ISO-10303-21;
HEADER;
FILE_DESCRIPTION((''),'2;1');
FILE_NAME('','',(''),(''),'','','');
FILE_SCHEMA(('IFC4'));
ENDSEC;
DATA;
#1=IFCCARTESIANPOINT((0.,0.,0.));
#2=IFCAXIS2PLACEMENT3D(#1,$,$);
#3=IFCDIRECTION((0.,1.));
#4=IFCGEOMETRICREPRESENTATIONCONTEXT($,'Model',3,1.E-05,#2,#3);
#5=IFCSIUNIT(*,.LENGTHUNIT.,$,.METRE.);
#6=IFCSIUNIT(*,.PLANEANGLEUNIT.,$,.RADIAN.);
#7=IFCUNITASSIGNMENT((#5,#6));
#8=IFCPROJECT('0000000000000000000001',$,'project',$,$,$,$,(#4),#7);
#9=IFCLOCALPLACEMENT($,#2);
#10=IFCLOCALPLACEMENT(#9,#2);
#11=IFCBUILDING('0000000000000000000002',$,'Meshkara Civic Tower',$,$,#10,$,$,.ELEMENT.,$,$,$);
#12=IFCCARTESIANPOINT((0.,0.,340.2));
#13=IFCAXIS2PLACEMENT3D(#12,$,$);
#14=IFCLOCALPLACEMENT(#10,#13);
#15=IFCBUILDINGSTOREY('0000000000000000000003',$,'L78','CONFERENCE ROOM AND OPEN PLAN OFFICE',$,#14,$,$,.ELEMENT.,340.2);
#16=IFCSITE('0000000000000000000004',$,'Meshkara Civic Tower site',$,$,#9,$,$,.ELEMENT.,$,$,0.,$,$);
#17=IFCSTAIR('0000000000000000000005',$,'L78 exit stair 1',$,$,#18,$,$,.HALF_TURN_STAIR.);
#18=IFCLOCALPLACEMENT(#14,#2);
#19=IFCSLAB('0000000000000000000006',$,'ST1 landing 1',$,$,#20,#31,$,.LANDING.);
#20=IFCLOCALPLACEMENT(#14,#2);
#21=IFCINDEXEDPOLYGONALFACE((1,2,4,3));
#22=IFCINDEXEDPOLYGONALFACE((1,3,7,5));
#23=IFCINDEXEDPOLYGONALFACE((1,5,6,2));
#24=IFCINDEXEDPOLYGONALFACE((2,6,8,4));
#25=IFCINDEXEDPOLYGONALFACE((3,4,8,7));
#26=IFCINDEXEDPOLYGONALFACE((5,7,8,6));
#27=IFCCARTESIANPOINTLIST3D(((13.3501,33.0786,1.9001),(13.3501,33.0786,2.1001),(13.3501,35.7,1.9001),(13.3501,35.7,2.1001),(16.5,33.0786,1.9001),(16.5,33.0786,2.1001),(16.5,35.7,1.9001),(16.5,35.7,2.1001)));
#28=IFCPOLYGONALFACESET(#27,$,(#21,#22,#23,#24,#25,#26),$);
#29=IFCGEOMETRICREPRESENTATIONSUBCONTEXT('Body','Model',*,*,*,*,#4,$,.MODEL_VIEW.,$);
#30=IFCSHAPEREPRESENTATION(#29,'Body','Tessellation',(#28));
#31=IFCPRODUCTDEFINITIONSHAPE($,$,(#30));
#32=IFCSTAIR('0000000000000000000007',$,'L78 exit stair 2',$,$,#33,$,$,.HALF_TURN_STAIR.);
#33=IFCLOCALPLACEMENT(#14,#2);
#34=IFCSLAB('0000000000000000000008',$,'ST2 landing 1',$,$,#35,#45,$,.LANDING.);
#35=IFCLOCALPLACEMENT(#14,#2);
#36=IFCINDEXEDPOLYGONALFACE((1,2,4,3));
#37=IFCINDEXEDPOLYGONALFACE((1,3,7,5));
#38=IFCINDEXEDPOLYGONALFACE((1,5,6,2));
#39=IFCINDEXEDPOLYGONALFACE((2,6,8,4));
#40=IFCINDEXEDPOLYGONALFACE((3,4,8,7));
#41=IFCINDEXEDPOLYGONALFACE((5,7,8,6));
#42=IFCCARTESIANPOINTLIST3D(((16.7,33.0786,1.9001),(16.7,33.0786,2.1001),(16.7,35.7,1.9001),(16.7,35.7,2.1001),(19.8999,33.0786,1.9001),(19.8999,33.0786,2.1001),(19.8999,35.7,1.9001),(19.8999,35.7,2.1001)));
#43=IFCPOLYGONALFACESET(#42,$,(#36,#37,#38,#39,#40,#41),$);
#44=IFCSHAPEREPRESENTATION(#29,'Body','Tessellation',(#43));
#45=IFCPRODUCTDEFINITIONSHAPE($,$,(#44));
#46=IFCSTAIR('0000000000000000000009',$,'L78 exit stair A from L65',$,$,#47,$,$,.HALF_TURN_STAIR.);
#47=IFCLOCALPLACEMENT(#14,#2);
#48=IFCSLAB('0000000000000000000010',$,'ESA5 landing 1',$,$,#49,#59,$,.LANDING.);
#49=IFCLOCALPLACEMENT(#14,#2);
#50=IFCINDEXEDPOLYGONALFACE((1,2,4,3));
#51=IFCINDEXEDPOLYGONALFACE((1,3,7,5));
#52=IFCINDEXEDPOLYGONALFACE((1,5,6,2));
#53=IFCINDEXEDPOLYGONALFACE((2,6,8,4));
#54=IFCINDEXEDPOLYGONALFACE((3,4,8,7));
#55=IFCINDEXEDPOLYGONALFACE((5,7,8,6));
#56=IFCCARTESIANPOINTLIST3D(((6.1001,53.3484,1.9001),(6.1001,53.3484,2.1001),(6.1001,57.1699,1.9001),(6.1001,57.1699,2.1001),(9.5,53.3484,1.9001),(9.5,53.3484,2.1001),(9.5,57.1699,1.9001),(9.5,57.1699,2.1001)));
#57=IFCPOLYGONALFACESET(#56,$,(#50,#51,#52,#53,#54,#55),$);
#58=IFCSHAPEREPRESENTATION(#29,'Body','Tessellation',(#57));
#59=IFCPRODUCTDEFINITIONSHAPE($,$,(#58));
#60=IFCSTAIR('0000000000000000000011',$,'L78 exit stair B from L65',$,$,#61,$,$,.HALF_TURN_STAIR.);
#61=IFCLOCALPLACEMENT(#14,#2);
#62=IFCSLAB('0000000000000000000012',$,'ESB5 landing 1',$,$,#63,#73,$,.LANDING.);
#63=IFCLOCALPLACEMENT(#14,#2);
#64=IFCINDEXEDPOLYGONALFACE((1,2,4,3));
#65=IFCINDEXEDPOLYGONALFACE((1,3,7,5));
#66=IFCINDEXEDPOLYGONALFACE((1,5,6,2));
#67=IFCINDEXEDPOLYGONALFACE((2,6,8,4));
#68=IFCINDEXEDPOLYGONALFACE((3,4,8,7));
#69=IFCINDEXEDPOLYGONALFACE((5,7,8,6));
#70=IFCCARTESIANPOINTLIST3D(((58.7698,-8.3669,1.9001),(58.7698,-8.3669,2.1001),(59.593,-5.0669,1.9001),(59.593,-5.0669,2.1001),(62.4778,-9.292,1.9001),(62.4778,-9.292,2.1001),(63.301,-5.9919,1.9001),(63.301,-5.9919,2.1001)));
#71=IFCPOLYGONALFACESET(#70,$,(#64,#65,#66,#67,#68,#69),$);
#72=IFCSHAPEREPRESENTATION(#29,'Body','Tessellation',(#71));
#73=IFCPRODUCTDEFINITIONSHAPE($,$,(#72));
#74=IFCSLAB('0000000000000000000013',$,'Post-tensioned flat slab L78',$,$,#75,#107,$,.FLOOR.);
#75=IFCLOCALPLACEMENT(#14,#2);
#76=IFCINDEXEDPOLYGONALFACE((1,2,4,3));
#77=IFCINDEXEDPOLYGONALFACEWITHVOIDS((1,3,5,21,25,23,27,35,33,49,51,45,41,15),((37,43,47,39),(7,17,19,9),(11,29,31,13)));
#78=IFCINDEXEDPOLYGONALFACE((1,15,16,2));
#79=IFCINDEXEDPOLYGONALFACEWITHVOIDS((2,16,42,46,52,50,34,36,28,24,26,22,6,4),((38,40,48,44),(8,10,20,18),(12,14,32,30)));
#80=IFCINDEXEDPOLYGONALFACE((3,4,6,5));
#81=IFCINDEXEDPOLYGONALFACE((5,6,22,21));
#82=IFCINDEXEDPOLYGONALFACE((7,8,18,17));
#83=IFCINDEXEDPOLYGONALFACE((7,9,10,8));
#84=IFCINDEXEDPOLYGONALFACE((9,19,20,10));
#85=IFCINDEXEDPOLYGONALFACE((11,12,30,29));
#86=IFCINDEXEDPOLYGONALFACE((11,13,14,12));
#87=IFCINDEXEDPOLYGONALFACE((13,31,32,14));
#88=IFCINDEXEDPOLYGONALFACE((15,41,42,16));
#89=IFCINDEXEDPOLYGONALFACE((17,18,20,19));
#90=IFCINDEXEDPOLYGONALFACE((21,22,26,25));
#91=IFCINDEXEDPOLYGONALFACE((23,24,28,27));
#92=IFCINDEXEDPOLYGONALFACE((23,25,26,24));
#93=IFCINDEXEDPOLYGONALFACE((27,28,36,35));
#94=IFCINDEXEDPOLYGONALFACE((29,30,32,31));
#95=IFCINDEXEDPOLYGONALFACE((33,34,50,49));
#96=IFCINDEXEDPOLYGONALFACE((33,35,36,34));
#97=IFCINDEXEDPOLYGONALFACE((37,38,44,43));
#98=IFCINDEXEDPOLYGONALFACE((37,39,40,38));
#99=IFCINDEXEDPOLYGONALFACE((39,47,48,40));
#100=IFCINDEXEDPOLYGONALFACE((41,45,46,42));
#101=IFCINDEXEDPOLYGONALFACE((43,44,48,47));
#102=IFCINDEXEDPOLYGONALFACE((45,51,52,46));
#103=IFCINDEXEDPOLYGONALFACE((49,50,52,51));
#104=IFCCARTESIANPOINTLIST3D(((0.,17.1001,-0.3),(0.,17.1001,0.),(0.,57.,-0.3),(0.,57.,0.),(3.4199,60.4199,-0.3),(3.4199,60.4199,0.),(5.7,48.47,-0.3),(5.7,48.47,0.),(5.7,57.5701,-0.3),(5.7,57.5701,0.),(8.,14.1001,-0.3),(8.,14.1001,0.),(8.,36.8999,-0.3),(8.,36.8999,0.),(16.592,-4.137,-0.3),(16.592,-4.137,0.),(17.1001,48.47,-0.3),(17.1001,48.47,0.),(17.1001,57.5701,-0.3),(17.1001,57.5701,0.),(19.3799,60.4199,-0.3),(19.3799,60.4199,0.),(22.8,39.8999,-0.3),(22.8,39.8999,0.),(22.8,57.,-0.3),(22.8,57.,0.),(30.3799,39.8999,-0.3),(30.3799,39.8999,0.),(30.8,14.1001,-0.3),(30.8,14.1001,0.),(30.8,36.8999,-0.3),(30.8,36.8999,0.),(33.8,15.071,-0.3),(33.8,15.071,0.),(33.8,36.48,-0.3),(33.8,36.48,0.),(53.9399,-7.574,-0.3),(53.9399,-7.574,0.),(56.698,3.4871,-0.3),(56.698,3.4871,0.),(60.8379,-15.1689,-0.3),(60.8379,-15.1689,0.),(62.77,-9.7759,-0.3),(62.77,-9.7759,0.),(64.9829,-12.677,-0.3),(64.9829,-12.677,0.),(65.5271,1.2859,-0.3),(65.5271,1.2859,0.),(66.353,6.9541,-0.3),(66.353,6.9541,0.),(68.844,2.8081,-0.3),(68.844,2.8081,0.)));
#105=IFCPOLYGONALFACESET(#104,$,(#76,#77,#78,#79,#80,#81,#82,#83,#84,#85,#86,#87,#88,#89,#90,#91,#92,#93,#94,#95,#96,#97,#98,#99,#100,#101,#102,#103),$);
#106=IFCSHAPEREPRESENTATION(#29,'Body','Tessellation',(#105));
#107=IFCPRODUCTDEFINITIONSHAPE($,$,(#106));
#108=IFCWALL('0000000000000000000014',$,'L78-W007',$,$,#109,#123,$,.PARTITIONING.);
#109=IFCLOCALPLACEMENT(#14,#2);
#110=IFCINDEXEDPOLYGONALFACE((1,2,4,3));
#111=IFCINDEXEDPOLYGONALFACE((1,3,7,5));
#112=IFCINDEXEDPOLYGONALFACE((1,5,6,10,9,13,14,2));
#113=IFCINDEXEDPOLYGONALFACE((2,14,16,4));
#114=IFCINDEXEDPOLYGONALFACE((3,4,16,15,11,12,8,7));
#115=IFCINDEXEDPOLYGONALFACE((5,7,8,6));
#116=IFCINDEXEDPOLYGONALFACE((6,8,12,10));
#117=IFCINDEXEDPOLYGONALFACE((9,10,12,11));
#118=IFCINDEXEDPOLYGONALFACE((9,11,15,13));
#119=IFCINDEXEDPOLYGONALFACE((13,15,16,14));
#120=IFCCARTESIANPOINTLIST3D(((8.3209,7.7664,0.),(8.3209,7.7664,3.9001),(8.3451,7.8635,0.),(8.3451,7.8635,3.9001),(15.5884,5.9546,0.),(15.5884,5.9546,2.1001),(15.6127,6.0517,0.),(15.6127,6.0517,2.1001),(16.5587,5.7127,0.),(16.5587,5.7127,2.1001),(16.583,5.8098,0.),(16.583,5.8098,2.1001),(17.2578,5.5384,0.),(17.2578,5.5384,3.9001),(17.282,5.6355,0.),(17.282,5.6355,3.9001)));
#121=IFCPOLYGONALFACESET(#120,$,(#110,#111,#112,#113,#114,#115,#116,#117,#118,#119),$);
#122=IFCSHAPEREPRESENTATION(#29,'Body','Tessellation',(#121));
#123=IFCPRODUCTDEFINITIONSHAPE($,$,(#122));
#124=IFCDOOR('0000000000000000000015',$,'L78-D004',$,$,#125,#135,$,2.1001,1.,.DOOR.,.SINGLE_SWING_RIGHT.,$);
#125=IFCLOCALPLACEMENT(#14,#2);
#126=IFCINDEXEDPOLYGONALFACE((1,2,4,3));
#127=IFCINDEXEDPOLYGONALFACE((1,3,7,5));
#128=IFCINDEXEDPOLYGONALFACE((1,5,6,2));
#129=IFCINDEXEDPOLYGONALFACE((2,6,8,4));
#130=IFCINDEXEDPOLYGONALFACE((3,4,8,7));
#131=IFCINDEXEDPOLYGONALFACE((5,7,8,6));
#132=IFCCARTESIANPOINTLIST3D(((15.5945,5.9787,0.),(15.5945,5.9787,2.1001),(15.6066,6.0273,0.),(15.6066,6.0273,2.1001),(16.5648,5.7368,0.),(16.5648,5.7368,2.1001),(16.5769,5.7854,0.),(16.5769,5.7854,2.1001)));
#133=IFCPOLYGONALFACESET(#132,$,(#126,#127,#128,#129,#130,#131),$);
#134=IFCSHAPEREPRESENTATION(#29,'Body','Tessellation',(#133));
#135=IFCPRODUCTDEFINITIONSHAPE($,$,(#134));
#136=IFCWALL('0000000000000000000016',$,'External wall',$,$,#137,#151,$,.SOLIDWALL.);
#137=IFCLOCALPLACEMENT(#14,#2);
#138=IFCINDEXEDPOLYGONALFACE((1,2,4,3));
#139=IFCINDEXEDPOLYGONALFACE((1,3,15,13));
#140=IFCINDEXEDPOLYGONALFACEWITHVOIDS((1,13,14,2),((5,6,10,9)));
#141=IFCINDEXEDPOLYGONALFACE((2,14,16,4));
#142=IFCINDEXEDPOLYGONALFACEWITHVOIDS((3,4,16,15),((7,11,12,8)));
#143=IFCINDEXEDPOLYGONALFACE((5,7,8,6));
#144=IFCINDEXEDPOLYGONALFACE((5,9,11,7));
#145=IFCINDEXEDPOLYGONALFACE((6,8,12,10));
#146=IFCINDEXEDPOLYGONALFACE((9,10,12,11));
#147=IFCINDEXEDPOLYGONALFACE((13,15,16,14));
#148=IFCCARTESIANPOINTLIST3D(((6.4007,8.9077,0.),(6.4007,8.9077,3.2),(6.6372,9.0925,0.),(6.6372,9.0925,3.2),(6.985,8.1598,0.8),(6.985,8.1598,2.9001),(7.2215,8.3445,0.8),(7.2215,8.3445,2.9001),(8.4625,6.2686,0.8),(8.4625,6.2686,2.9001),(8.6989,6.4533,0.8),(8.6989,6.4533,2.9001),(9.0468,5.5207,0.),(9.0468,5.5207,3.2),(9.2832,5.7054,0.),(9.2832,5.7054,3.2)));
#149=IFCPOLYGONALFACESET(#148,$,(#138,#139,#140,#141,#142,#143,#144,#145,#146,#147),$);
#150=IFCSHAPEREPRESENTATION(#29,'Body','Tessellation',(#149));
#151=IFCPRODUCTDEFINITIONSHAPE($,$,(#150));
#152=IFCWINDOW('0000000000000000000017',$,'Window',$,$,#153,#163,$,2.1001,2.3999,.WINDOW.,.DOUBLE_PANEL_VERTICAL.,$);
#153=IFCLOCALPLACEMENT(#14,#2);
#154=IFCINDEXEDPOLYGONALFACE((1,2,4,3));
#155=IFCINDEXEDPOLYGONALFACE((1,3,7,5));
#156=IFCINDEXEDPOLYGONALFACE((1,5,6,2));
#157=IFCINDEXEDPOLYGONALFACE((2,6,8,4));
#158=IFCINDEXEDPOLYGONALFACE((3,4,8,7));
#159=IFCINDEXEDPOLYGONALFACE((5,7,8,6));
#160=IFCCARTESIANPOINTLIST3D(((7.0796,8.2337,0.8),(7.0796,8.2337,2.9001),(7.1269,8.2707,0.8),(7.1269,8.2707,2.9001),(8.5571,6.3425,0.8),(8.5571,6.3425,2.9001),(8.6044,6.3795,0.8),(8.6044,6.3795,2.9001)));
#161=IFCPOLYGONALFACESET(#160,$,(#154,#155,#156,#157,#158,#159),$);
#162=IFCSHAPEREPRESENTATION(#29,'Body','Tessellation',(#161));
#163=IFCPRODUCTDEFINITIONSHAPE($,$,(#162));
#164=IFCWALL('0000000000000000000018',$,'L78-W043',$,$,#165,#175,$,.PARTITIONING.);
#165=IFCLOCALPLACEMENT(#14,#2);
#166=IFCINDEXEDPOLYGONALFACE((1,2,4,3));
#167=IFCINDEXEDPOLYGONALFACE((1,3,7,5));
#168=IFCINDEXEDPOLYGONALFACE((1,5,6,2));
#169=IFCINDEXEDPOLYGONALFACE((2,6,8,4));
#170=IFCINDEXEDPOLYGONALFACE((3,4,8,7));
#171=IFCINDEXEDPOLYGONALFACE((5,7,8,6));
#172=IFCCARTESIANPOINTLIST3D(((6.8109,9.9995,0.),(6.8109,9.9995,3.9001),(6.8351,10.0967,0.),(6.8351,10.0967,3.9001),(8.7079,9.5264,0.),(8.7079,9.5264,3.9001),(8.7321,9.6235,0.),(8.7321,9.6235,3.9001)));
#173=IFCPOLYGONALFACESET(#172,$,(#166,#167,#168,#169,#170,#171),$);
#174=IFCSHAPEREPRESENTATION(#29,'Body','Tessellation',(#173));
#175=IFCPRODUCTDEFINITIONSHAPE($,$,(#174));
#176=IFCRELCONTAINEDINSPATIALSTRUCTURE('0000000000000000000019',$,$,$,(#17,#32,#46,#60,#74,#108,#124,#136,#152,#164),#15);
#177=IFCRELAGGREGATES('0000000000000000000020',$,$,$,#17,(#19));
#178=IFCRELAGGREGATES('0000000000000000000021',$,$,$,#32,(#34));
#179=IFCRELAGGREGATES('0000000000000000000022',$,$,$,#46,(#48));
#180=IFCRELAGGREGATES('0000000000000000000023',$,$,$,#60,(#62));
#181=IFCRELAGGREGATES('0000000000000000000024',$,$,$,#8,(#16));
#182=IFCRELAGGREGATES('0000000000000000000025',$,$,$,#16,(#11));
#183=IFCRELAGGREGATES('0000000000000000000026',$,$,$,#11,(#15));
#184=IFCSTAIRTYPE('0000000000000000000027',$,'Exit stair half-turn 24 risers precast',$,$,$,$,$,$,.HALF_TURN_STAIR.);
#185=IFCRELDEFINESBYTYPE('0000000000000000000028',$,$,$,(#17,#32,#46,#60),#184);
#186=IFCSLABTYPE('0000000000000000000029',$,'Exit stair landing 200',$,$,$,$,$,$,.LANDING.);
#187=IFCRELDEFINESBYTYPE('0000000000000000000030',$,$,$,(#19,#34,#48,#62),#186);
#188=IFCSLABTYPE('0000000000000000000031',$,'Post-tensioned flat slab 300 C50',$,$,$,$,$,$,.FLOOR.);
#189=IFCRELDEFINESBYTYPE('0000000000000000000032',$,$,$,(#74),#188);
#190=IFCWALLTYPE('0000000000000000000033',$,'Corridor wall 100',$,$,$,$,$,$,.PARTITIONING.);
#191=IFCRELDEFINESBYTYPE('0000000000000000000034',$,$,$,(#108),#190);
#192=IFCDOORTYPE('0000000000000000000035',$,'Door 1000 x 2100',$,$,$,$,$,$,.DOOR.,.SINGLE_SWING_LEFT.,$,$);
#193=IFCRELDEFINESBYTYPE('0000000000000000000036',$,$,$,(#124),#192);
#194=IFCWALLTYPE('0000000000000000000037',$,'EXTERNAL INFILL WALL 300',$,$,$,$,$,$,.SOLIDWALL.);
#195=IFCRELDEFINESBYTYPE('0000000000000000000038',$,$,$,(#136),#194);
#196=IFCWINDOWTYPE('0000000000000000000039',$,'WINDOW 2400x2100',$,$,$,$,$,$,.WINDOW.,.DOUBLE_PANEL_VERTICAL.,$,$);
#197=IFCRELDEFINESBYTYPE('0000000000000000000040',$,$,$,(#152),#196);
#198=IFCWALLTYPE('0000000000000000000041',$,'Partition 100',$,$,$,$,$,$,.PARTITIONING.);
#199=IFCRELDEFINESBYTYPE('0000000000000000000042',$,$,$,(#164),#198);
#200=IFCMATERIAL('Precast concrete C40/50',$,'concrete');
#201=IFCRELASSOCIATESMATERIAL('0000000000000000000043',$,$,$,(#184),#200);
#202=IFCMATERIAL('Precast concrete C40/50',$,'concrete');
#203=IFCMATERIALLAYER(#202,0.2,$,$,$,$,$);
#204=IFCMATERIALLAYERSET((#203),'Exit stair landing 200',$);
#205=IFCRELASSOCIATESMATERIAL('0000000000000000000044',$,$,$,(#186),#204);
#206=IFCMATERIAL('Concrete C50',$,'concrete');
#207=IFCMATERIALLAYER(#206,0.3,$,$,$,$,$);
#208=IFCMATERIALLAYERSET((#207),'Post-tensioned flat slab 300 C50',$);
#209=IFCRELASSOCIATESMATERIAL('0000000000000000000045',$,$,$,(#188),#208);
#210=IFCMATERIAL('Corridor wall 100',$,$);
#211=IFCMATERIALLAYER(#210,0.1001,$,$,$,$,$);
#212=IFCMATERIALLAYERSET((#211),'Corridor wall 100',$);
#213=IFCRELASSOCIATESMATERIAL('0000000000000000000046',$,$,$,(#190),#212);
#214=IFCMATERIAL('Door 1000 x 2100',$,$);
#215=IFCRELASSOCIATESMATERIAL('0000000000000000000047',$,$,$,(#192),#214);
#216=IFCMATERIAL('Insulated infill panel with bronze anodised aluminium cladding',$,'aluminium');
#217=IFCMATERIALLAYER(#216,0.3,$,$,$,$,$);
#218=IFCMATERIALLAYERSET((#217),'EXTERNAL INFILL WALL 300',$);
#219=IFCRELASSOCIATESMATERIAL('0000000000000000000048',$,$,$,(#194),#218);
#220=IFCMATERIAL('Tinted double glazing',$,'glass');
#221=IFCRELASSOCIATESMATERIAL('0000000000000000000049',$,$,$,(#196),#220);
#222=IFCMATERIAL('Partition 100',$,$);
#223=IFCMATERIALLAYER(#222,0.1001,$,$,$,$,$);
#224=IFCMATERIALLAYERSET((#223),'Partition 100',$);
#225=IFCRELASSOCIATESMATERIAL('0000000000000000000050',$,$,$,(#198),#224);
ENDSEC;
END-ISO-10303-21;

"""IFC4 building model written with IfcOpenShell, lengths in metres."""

from ifc_helpers import new_model, si_unit, direction, frame, frame_2d, origin, place, context, subcontext, project, spatial, polyline, rectangle, outline, extrude, material, layer, layer_set, type_object, element, fill, aggregate, save


model = new_model("IFC4")

# Units and contexts
model_context = context("Model", 3, precision=1e-05, world=origin(), true_north=direction((0.0, 1.0)))
body_context = subcontext(model_context, "Body", "Model", "MODEL_VIEW")
ifc_project = project(units=[si_unit("LENGTHUNIT", "METRE"), si_unit("PLANEANGLEUNIT", "RADIAN")], contexts=[model_context])

# Site, building, storey
site_placement = place(None, origin())
site = spatial("IfcSite", under=ifc_project, at=site_placement, Name="Meshkara Civic Tower site", CompositionType="ELEMENT", RefElevation=0.0)
building_placement = place(site_placement, origin())
building = spatial("IfcBuilding", under=site, at=building_placement, Name="Meshkara Civic Tower", CompositionType="ELEMENT")
storey_placement = place(building_placement, frame((0.0, 0.0, 340.2)))
storey = spatial("IfcBuildingStorey", under=building, at=storey_placement, Name="L78", Description="CONFERENCE ROOM AND OPEN PLAN OFFICE", CompositionType="ELEMENT", Elevation=340.2)

# Stairs, slabs
ifc_material_1 = material(Name="Precast concrete C40/50", Category="concrete")
stair_type = type_object("IfcStairType", Name="Exit stair half-turn 24 risers precast", PredefinedType="HALF_TURN_STAIR", material=ifc_material_1)
stair_1_placement = place(storey_placement, origin())
stair_1 = element("IfcStair", 1, at=stair_1_placement, inside=storey, type_object=stair_type, Name="L78 exit stair 1", PredefinedType="HALF_TURN_STAIR")
ifc_material_2 = material(Name="Precast concrete C40/50", Category="concrete")
ifc_layer_1 = layer(ifc_material_2, 0.2)
ifc_layer_set_1 = layer_set([ifc_layer_1], Name="Exit stair landing 200")
slab_type_1 = type_object("IfcSlabType", Name="Exit stair landing 200", PredefinedType="LANDING", material=ifc_layer_set_1)
slab_1_placement = place(storey_placement, frame((0.0, 0.0, 1.9001)))
slab_1 = element("IfcSlab", 2, at=slab_1_placement, type_object=slab_type_1, Name="ST1 landing 1", PredefinedType="LANDING", context=body_context, shape_type="SweptSolid", body=[
    extrude(outline(polyline([(16.5, 33.0786), (16.5, 35.7), (13.3501, 35.7), (13.3501, 33.0786), (16.5, 33.0786)])), origin(), (0.0, 0.0, 1.0), 0.2),
])
aggregate(stair_1, [slab_1])
stair_2_placement = place(storey_placement, origin())
stair_2 = element("IfcStair", 3, at=stair_2_placement, inside=storey, type_object=stair_type, Name="L78 exit stair 2", PredefinedType="HALF_TURN_STAIR")
slab_2_placement = place(storey_placement, frame((0.0, 0.0, 1.9001)))
slab_2 = element("IfcSlab", 4, at=slab_2_placement, type_object=slab_type_1, Name="ST2 landing 1", PredefinedType="LANDING", context=body_context, shape_type="SweptSolid", body=[
    extrude(outline(polyline([(19.8999, 33.0786), (19.8999, 35.7), (16.7, 35.7), (16.7, 33.0786), (19.8999, 33.0786)])), origin(), (0.0, 0.0, 1.0), 0.2),
])
aggregate(stair_2, [slab_2])
stair_3_placement = place(storey_placement, origin())
stair_3 = element("IfcStair", 5, at=stair_3_placement, inside=storey, type_object=stair_type, Name="L78 exit stair A from L65", PredefinedType="HALF_TURN_STAIR")
slab_3_placement = place(storey_placement, frame((0.0, 0.0, 1.9001)))
slab_3 = element("IfcSlab", 6, at=slab_3_placement, type_object=slab_type_1, Name="ESA5 landing 1", PredefinedType="LANDING", context=body_context, shape_type="SweptSolid", body=[
    extrude(outline(polyline([(9.5, 53.3484), (9.5, 57.1699), (6.1001, 57.1699), (6.1001, 53.3484), (9.5, 53.3484)])), origin(), (0.0, 0.0, 1.0), 0.2),
])
aggregate(stair_3, [slab_3])
stair_4_placement = place(storey_placement, origin())
stair_4 = element("IfcStair", 7, at=stair_4_placement, inside=storey, type_object=stair_type, Name="L78 exit stair B from L65", PredefinedType="HALF_TURN_STAIR")
slab_4_placement = place(storey_placement, frame((0.0, 0.0, 1.9001)))
slab_4 = element("IfcSlab", 8, at=slab_4_placement, type_object=slab_type_1, Name="ESB5 landing 1", PredefinedType="LANDING", context=body_context, shape_type="SweptSolid", body=[
    extrude(outline(polyline([(58.7698, -8.3669), (62.4778, -9.292), (63.301, -5.9919), (59.593, -5.0669), (58.7698, -8.3669)])), origin(), (0.0, 0.0, 1.0), 0.2),
])
aggregate(stair_4, [slab_4])

# Slab
ifc_material_3 = material(Name="Concrete C50", Category="concrete")
ifc_layer_2 = layer(ifc_material_3, 0.3)
ifc_layer_set_2 = layer_set([ifc_layer_2], Name="Post-tensioned flat slab 300 C50")
slab_type_2 = type_object("IfcSlabType", Name="Post-tensioned flat slab 300 C50", PredefinedType="FLOOR", material=ifc_layer_set_2)
slab_5_placement = place(storey_placement, frame((0.0, 0.0, -0.3)))
element("IfcSlab", 9, at=slab_5_placement, inside=storey, type_object=slab_type_2, Name="Post-tensioned flat slab L78", PredefinedType="FLOOR", context=body_context, shape_type="SweptSolid", body=[
    extrude(outline(polyline([(64.9829, -12.677), (60.8379, -15.1689), (16.592, -4.137), (0.0, 17.1001), (0.0, 57.0), (3.4199, 60.4199), (19.3799, 60.4199), (22.8, 57.0), (22.8, 39.8999), (30.3799, 39.8999), (33.8, 36.48), (33.8, 15.071), (66.353, 6.9541), (68.844, 2.8081), (64.9829, -12.677)]), holes=[polyline([(62.77, -9.7759), (65.5271, 1.2859), (56.698, 3.4871), (53.9399, -7.574), (62.77, -9.7759)]), polyline([(8.0, 14.1001), (30.8, 14.1001), (30.8, 36.8999), (8.0, 36.8999), (8.0, 14.1001)]), polyline([(5.7, 57.5701), (5.7, 48.47), (17.1001, 48.47), (17.1001, 57.5701), (5.7, 57.5701)])]), origin(), (0.0, 0.0, 1.0), 0.3),
])

# Wall, opening, door
ifc_material_4 = material(Name="Corridor wall 100")
ifc_layer_3 = layer(ifc_material_4, 0.1001)
ifc_layer_set_3 = layer_set([ifc_layer_3], Name="Corridor wall 100")
wall_type_1 = type_object("IfcWallType", Name="Corridor wall 100", PredefinedType="PARTITIONING", material=ifc_layer_set_3)
wall_1_placement = place(storey_placement, frame((8.333, 7.8149, 0.0), z_axis=(0.0, 0.0, 1.0), x_axis=(0.970301, -0.241899, 0.0)))
wall_1 = element("IfcWall", 10, at=wall_1_placement, inside=storey, type_object=wall_type_1, Name="L78-W007", PredefinedType="PARTITIONING", context=body_context, shape_type="SweptSolid", body=[
    extrude(rectangle(XDim=9.2104, YDim=0.1001, at=frame_2d((4.6052, 0.0))), origin(), (0.0, 0.0, 1.0), 3.9001),
])
opening_1_placement = place(wall_1_placement, frame((7.49, 0.0, 0.0)))
opening_1 = element("IfcOpeningElement", 11, at=opening_1_placement, cuts=wall_1, PredefinedType="OPENING", context=body_context, shape_type="SweptSolid", body=[
    extrude(rectangle(XDim=1.0, YDim=2.1001, at=frame_2d((0.5, 1.05))), frame((0.0, 0.0601, 0.0), z_axis=(0.0, -1.0, 0.0), x_axis=(1.0, 0.0, 0.0)), (0.0, 0.0, 1.0), 0.1201),
])
ifc_material_5 = material(Name="Door 1000 x 2100")
door_type = type_object("IfcDoorType", Name="Door 1000 x 2100", OperationType="SINGLE_SWING_LEFT", PredefinedType="DOOR", material=ifc_material_5)
door_placement = place(opening_1_placement, origin())
door = element("IfcDoor", 12, at=door_placement, inside=storey, type_object=door_type, Name="L78-D004", OperationType="SINGLE_SWING_RIGHT", OverallHeight=2.1001, OverallWidth=1.0, PredefinedType="DOOR", context=body_context, shape_type="SweptSolid", body=[
    extrude(rectangle(XDim=1.0, YDim=2.1001, at=frame_2d((0.5, 1.05))), frame((0.0, 0.0249, 0.0), z_axis=(0.0, -1.0, 0.0), x_axis=(1.0, 0.0, 0.0)), (0.0, 0.0, 1.0), 0.05),
])
fill(opening_1, door)

# Wall, opening, window
ifc_material_6 = material(Name="Insulated infill panel with bronze anodised aluminium cladding", Category="aluminium")
ifc_layer_4 = layer(ifc_material_6, 0.3)
ifc_layer_set_4 = layer_set([ifc_layer_4], Name="EXTERNAL INFILL WALL 300")
wall_type_2 = type_object("IfcWallType", Name="EXTERNAL INFILL WALL 300", PredefinedType="SOLIDWALL", material=ifc_layer_set_4)
wall_2_placement = place(storey_placement, frame((6.519, 9.0, 0.0), z_axis=(0.0, 0.0, 1.0), x_axis=(0.615634, -0.788032, 0.0)))
wall_2 = element("IfcWall", 13, at=wall_2_placement, inside=storey, type_object=wall_type_2, Name="External wall", PredefinedType="SOLIDWALL", context=body_context, shape_type="SweptSolid", body=[
    extrude(rectangle(XDim=4.2981, YDim=0.3, at=frame_2d((2.1489, 0.0))), origin(), (0.0, 0.0, 1.0), 3.2),
])
opening_2_placement = place(wall_2_placement, frame((0.949, 0.0, 0.8)))
opening_2 = element("IfcOpeningElement", 14, at=opening_2_placement, cuts=wall_2, PredefinedType="OPENING", context=body_context, shape_type="SweptSolid", body=[
    extrude(rectangle(XDim=2.3999, YDim=2.1001, at=frame_2d((1.2, 1.05))), frame((0.0, 0.1599, 0.0), z_axis=(0.0, -1.0, 0.0), x_axis=(1.0, 0.0, 0.0)), (0.0, 0.0, 1.0), 0.3201),
])
ifc_material_7 = material(Name="Tinted double glazing", Category="glass")
window_type = type_object("IfcWindowType", Name="WINDOW 2400x2100", PartitioningType="DOUBLE_PANEL_VERTICAL", PredefinedType="WINDOW", material=ifc_material_7)
window_placement = place(opening_2_placement, origin())
window = element("IfcWindow", 15, at=window_placement, inside=storey, type_object=window_type, Name="Window", OverallHeight=2.1001, OverallWidth=2.3999, PartitioningType="DOUBLE_PANEL_VERTICAL", PredefinedType="WINDOW", context=body_context, shape_type="SweptSolid", body=[
    extrude(rectangle(XDim=2.3999, YDim=2.1001, at=frame_2d((1.2, 1.05))), frame((0.0, 0.03, 0.0), z_axis=(0.0, -1.0, 0.0), x_axis=(1.0, 0.0, 0.0)), (0.0, 0.0, 1.0), 0.0601),
])
fill(opening_2, window)

# Wall
ifc_material_8 = material(Name="Partition 100")
ifc_layer_5 = layer(ifc_material_8, 0.1001)
ifc_layer_set_5 = layer_set([ifc_layer_5], Name="Partition 100")
wall_type_3 = type_object("IfcWallType", Name="Partition 100", PredefinedType="PARTITIONING", material=ifc_layer_set_5)
wall_3_placement = place(storey_placement, frame((8.72, 9.575, 0.0), z_axis=(0.0, 0.0, 1.0), x_axis=(-0.970275, 0.242007, 0.0)))
element("IfcWall", 16, at=wall_3_placement, inside=storey, type_object=wall_type_3, Name="L78-W043", PredefinedType="PARTITIONING", context=body_context, shape_type="SweptSolid", body=[
    extrude(rectangle(XDim=1.9551, YDim=0.1001, at=frame_2d((0.9775, 0.0))), origin(), (0.0, 0.0, 1.0), 3.9001),
])

save(model, "model.ifc")
